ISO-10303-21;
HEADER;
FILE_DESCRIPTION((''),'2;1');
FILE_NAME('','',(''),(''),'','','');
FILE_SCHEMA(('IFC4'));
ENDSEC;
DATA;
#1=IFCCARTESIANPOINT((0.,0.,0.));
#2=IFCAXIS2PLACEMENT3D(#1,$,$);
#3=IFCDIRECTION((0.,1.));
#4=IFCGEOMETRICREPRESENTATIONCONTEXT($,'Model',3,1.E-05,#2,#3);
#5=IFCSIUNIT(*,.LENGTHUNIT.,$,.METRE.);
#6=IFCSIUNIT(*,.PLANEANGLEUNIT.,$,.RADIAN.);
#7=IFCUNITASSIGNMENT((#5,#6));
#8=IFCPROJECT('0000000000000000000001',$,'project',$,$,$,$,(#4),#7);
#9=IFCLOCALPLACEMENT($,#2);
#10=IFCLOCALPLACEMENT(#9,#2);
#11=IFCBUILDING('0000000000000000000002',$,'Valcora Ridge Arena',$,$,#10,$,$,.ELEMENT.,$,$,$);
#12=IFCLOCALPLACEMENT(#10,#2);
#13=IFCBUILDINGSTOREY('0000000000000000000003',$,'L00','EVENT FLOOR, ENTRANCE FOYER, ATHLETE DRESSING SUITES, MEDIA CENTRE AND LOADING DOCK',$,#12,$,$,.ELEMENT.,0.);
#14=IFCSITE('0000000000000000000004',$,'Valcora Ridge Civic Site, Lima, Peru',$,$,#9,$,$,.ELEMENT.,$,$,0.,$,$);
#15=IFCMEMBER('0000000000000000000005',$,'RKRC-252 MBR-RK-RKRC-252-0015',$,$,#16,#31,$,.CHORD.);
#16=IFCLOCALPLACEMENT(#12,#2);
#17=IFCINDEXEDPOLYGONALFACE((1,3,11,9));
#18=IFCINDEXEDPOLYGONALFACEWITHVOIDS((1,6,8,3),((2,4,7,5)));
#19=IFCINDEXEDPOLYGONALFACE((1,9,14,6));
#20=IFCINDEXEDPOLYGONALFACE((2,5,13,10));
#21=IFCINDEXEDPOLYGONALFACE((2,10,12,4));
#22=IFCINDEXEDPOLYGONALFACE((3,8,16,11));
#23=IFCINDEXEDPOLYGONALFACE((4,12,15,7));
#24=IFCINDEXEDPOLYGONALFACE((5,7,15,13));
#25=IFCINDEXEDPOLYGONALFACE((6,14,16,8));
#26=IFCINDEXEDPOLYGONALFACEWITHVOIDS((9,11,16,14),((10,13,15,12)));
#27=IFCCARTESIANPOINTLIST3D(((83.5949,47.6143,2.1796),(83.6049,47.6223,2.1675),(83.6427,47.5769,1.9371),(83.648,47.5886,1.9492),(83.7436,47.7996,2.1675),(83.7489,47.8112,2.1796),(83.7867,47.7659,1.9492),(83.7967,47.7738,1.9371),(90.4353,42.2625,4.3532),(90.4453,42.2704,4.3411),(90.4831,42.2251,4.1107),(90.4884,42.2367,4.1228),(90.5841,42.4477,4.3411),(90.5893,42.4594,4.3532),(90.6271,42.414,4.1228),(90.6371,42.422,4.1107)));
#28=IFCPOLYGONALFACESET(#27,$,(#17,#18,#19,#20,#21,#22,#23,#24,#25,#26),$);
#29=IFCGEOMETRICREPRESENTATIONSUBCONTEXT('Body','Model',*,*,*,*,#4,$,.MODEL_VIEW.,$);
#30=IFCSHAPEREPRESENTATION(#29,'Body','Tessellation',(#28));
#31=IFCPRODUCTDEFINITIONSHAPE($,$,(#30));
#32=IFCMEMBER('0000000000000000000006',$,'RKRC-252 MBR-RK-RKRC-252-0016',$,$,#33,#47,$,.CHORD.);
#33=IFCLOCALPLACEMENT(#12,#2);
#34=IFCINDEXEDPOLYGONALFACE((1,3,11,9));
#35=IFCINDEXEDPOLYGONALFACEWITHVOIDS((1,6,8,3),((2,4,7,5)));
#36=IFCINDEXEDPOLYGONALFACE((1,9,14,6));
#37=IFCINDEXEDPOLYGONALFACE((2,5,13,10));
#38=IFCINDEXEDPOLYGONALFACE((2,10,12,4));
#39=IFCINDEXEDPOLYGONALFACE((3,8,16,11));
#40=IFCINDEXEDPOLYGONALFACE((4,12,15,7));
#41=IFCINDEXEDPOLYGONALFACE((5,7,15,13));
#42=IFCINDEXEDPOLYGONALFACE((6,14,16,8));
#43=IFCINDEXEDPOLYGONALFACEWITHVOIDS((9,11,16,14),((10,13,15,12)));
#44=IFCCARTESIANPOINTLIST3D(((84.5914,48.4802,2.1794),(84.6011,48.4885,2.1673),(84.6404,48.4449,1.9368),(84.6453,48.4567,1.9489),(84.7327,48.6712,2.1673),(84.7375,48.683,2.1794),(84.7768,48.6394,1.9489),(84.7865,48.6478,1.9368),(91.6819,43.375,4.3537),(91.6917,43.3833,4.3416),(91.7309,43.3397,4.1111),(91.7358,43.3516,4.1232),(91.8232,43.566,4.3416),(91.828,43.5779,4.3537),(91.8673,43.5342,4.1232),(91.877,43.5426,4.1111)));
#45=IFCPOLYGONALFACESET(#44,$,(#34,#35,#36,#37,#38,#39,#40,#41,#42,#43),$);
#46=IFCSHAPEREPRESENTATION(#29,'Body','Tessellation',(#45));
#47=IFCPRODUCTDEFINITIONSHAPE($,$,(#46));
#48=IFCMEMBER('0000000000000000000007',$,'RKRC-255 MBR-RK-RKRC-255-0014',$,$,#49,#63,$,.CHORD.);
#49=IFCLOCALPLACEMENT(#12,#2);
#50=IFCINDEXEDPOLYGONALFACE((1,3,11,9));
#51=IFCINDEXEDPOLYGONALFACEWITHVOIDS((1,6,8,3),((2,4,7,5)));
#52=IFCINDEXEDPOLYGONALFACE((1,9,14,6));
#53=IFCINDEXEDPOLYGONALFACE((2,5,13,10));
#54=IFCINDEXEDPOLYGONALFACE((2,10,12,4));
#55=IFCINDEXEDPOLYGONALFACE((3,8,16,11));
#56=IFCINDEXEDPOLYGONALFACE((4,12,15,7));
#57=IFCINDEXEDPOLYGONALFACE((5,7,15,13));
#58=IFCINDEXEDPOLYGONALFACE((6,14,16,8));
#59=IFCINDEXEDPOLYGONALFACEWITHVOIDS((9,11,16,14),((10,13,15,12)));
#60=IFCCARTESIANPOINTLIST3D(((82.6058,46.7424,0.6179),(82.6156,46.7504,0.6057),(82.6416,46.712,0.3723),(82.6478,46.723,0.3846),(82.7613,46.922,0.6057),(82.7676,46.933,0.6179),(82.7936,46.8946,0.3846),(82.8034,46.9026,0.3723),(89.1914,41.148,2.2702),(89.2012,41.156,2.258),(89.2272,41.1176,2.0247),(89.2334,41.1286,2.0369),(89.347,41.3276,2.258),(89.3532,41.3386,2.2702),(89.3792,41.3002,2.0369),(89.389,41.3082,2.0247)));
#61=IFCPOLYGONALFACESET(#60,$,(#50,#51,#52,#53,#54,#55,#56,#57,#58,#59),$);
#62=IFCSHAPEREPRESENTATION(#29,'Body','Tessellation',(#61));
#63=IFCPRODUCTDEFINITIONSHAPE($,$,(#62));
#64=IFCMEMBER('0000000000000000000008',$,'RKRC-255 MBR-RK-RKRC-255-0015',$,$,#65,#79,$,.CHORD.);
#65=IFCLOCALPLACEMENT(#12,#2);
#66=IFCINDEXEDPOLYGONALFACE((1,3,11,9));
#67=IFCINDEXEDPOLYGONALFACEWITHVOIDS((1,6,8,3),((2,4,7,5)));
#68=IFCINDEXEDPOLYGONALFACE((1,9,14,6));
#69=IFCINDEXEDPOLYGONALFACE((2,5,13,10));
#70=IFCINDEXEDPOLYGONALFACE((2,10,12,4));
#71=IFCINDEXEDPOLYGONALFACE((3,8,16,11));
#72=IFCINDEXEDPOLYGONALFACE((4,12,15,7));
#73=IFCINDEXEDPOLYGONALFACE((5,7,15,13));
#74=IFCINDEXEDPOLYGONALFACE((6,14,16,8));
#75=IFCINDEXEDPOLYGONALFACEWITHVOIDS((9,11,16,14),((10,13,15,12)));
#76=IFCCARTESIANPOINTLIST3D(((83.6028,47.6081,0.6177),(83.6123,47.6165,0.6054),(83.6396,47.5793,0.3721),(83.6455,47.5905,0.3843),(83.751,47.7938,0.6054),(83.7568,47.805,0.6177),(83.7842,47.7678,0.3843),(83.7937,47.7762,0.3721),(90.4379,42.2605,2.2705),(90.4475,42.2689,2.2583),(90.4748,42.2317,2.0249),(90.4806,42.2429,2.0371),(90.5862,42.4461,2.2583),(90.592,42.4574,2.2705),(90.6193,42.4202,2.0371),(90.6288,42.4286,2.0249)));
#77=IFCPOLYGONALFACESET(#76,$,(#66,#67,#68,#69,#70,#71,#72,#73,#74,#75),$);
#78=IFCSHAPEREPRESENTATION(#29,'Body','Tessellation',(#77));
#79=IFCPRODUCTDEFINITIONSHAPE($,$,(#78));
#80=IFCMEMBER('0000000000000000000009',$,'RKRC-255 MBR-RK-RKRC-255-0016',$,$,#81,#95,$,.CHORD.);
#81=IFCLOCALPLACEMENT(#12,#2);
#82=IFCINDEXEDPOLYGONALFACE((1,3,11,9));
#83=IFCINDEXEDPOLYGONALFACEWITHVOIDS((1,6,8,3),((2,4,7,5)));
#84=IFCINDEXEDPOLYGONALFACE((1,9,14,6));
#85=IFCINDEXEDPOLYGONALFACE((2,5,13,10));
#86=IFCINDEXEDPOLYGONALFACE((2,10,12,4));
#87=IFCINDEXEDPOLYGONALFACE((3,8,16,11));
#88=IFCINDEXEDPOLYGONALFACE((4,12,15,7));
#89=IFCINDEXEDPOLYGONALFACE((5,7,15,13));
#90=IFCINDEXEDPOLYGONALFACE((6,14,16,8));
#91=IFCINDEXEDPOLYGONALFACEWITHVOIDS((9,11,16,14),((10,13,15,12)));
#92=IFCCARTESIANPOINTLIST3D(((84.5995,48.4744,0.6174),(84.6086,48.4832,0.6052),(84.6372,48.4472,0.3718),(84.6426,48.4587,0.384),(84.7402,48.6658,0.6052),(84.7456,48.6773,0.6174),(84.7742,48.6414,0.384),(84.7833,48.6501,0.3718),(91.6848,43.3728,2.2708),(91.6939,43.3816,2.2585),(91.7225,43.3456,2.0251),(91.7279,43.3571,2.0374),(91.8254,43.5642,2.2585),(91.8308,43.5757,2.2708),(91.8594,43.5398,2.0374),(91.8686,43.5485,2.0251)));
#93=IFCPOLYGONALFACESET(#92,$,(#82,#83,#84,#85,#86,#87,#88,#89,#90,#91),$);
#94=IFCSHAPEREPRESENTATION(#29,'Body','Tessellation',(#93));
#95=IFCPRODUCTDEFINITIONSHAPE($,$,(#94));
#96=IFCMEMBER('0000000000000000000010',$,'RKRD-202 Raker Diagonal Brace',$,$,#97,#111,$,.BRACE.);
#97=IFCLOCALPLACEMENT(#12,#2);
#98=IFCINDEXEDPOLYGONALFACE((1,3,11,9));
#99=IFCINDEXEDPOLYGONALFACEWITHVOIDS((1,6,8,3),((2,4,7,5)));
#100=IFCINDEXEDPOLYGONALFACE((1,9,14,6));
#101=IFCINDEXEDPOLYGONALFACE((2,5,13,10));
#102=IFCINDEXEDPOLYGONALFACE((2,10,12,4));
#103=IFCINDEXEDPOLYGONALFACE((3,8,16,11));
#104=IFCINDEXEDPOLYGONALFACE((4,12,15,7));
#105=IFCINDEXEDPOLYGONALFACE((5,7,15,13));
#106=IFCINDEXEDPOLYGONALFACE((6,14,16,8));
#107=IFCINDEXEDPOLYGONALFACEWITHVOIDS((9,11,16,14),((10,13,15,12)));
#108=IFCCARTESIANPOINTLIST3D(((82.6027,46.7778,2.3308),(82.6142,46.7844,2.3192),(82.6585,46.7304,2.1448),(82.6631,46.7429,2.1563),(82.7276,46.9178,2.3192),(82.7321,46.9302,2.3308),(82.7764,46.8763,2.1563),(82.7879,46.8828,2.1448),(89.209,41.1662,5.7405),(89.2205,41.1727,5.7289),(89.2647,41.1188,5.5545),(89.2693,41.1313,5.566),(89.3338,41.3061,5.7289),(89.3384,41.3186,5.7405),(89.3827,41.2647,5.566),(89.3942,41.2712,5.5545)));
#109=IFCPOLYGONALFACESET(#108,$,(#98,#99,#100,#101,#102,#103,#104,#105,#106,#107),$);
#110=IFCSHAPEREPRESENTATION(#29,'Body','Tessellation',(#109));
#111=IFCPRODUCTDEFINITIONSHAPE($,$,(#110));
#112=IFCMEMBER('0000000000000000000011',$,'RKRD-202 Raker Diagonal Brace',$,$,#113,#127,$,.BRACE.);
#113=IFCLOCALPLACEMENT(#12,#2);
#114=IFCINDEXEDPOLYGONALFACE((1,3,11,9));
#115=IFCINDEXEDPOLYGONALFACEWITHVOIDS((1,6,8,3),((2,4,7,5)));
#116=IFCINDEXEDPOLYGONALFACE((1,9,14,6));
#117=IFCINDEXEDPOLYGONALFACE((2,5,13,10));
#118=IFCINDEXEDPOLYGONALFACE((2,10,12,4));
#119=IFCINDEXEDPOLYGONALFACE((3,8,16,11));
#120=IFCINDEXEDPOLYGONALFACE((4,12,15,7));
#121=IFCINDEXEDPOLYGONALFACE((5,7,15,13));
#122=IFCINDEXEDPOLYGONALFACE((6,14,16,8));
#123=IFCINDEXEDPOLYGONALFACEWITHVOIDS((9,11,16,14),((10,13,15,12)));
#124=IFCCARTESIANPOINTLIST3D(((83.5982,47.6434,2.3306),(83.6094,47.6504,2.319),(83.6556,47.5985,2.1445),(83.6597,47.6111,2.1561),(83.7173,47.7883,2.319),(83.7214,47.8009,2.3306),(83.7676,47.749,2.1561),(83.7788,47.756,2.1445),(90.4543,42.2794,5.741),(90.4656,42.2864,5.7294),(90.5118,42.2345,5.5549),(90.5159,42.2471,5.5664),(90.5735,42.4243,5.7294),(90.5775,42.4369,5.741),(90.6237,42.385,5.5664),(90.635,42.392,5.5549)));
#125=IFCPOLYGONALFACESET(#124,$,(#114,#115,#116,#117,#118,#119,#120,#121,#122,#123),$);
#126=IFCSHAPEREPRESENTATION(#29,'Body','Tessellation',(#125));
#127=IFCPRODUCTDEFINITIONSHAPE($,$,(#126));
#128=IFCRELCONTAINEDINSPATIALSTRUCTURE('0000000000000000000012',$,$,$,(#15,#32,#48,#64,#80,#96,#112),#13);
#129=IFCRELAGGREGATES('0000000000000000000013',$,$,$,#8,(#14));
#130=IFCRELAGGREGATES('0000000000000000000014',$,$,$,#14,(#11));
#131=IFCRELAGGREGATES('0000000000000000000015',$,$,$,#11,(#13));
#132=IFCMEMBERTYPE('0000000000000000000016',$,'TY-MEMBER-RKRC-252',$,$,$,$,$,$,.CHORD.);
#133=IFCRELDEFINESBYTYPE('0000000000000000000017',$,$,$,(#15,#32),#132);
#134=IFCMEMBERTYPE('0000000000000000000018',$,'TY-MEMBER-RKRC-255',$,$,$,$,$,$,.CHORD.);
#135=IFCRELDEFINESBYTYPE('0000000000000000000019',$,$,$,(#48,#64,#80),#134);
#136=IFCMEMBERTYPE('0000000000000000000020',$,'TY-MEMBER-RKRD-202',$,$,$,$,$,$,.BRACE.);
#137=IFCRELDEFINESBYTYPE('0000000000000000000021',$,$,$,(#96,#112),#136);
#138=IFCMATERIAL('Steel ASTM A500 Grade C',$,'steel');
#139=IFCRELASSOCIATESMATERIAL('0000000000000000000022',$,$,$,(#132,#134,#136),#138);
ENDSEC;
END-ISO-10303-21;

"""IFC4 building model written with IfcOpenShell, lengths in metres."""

from ifc_helpers import new_model, si_unit, direction, frame, origin, origin_2d, place, context, subcontext, project, spatial, hollow_rectangle, extrude, material, material_profile, profile_set, type_object, element, save


model = new_model("IFC4")

# Units and contexts
model_context = context("Model", 3, precision=1e-05, world=origin(), true_north=direction((0.0, 1.0)))
body_context = subcontext(model_context, "Body", "Model", "MODEL_VIEW")
ifc_project = project(units=[si_unit("LENGTHUNIT", "METRE"), si_unit("PLANEANGLEUNIT", "RADIAN")], contexts=[model_context])

# Site, building, storey
site_placement = place(None, origin())
site = spatial("IfcSite", under=ifc_project, at=site_placement, Name="Valcora Ridge Civic Site, Lima, Peru", CompositionType="ELEMENT", RefElevation=0.0)
building_placement = place(site_placement, origin())
building = spatial("IfcBuilding", under=site, at=building_placement, Name="Valcora Ridge Arena", CompositionType="ELEMENT")
storey_placement = place(building_placement, origin())
storey = spatial("IfcBuildingStorey", under=building, at=storey_placement, Name="L00", Description="EVENT FLOOR, ENTRANCE FOYER, ATHLETE DRESSING SUITES, MEDIA CENTRE AND LOADING DOCK", CompositionType="ELEMENT", Elevation=0.0)

# Members
ifc_material_1 = material(Name="Steel ASTM A500 Grade C", Category="steel")
ifc_material_profile_1 = material_profile(ifc_material_1, hollow_rectangle(XDim=0.25, YDim=0.25, WallThickness=0.0125, at=origin_2d()), Name="HSS250X250X12")
ifc_profile_set_1 = profile_set([ifc_material_profile_1], Name="Steel ASTM A500 Grade C")
member_type_1 = type_object("IfcMemberType", Name="TY-MEMBER-RKRC-252", PredefinedType="CHORD", material=ifc_profile_set_1)
member_1_placement = place(storey_placement, frame((83.6958, 47.6941, 2.0583), z_axis=(0.764026, -0.597766, 0.242777), x_axis=(0.616201, 0.787589, 0.0)))
element("IfcMember", 1, at=member_1_placement, inside=storey, type_object=member_type_1, Name="RKRC-252 MBR-RK-RKRC-252-0015", PredefinedType="CHORD", context=body_context, shape_type="SweptSolid", body=[
    extrude(hollow_rectangle(XDim=0.25, YDim=0.25, WallThickness=0.0125, at=origin_2d()), origin(), (0.0, 0.0, 1.0), 8.9531),
])
member_2_placement = place(storey_placement, frame((84.689, 48.564, 2.0581), z_axis=(0.787515, -0.567012, 0.24149), x_axis=(0.584305, 0.811534, 0.0)))
element("IfcMember", 2, at=member_2_placement, inside=storey, type_object=member_type_1, Name="RKRC-252 MBR-RK-RKRC-252-0016", PredefinedType="CHORD", context=body_context, shape_type="SweptSolid", body=[
    extrude(hollow_rectangle(XDim=0.25, YDim=0.25, WallThickness=0.0125, at=origin_2d()), origin(), (0.0, 0.0, 1.0), 9.0037),
])
ifc_material_profile_2 = material_profile(ifc_material_1, hollow_rectangle(XDim=0.25, YDim=0.25, WallThickness=0.0125, at=origin_2d()), Name="HSS250X250X12")
ifc_profile_set_2 = profile_set([ifc_material_profile_2], Name="Steel ASTM A500 Grade C")
member_type_2 = type_object("IfcMemberType", Name="TY-MEMBER-RKRC-255", PredefinedType="CHORD", material=ifc_profile_set_2)
member_3_placement = place(storey_placement, frame((82.7046, 46.8225, 0.4951), z_axis=(0.748568, -0.635902, 0.187815), x_axis=(0.647423, 0.762131, 0.0)))
element("IfcMember", 3, at=member_3_placement, inside=storey, type_object=member_type_2, Name="RKRC-255 MBR-RK-RKRC-255-0014", PredefinedType="CHORD", context=body_context, shape_type="SweptSolid", body=[
    extrude(hollow_rectangle(XDim=0.25, YDim=0.25, WallThickness=0.0125, at=origin_2d()), origin(), (0.0, 0.0, 1.0), 8.7976),
])
member_4_placement = place(storey_placement, frame((83.6982, 47.6921, 0.4949), z_axis=(0.77369, -0.605312, 0.187087), x_axis=(0.616191, 0.787596, 0.0)))
element("IfcMember", 4, at=member_4_placement, inside=storey, type_object=member_type_2, Name="RKRC-255 MBR-RK-RKRC-255-0015", PredefinedType="CHORD", context=body_context, shape_type="SweptSolid", body=[
    extrude(hollow_rectangle(XDim=0.25, YDim=0.25, WallThickness=0.0125, at=origin_2d()), origin(), (0.0, 0.0, 1.0), 8.8345),
])
member_5_placement = place(storey_placement, frame((84.6914, 48.5623, 0.4946), z_axis=(0.797352, -0.574118, 0.186061), x_axis=(0.584321, 0.811523, 0.0)))
element("IfcMember", 5, at=member_5_placement, inside=storey, type_object=member_type_2, Name="RKRC-255 MBR-RK-RKRC-255-0016", PredefinedType="CHORD", context=body_context, shape_type="SweptSolid", body=[
    extrude(hollow_rectangle(XDim=0.25, YDim=0.25, WallThickness=0.0125, at=origin_2d()), origin(), (0.0, 0.0, 1.0), 8.886),
])
ifc_material_profile_3 = material_profile(ifc_material_1, hollow_rectangle(XDim=0.2, YDim=0.2, WallThickness=0.0125, at=origin_2d()), Name="HSS200X200X12")
ifc_profile_set_3 = profile_set([ifc_material_profile_3], Name="Steel ASTM A500 Grade C")
member_type_3 = type_object("IfcMemberType", Name="TY-MEMBER-RKRD-202", PredefinedType="BRACE", material=ifc_profile_set_3)
member_6_placement = place(storey_placement, frame((82.6953, 46.8303, 2.2378), z_axis=(0.709248, -0.602464, 0.366065), x_axis=(0.647401, 0.76215, 0.0)))
element("IfcMember", 6, at=member_6_placement, inside=storey, type_object=member_type_3, Name="RKRD-202 Raker Diagonal Brace", PredefinedType="BRACE", context=body_context, shape_type="SweptSolid", body=[
    extrude(hollow_rectangle(XDim=0.2, YDim=0.2, WallThickness=0.0125, at=origin_2d()), origin(), (0.0, 0.0, 1.0), 9.3145),
])
member_7_placement = place(storey_placement, frame((83.6885, 47.6997, 2.2375), z_axis=(0.733332, -0.573729, 0.364773), x_axis=(0.616187, 0.7876, 0.0)))
element("IfcMember", 7, at=member_7_placement, inside=storey, type_object=member_type_3, Name="RKRD-202 Raker Diagonal Brace", PredefinedType="BRACE", context=body_context, shape_type="SweptSolid", body=[
    extrude(hollow_rectangle(XDim=0.2, YDim=0.2, WallThickness=0.0125, at=origin_2d()), origin(), (0.0, 0.0, 1.0), 9.3494),
])

save(model, "model.ifc")
